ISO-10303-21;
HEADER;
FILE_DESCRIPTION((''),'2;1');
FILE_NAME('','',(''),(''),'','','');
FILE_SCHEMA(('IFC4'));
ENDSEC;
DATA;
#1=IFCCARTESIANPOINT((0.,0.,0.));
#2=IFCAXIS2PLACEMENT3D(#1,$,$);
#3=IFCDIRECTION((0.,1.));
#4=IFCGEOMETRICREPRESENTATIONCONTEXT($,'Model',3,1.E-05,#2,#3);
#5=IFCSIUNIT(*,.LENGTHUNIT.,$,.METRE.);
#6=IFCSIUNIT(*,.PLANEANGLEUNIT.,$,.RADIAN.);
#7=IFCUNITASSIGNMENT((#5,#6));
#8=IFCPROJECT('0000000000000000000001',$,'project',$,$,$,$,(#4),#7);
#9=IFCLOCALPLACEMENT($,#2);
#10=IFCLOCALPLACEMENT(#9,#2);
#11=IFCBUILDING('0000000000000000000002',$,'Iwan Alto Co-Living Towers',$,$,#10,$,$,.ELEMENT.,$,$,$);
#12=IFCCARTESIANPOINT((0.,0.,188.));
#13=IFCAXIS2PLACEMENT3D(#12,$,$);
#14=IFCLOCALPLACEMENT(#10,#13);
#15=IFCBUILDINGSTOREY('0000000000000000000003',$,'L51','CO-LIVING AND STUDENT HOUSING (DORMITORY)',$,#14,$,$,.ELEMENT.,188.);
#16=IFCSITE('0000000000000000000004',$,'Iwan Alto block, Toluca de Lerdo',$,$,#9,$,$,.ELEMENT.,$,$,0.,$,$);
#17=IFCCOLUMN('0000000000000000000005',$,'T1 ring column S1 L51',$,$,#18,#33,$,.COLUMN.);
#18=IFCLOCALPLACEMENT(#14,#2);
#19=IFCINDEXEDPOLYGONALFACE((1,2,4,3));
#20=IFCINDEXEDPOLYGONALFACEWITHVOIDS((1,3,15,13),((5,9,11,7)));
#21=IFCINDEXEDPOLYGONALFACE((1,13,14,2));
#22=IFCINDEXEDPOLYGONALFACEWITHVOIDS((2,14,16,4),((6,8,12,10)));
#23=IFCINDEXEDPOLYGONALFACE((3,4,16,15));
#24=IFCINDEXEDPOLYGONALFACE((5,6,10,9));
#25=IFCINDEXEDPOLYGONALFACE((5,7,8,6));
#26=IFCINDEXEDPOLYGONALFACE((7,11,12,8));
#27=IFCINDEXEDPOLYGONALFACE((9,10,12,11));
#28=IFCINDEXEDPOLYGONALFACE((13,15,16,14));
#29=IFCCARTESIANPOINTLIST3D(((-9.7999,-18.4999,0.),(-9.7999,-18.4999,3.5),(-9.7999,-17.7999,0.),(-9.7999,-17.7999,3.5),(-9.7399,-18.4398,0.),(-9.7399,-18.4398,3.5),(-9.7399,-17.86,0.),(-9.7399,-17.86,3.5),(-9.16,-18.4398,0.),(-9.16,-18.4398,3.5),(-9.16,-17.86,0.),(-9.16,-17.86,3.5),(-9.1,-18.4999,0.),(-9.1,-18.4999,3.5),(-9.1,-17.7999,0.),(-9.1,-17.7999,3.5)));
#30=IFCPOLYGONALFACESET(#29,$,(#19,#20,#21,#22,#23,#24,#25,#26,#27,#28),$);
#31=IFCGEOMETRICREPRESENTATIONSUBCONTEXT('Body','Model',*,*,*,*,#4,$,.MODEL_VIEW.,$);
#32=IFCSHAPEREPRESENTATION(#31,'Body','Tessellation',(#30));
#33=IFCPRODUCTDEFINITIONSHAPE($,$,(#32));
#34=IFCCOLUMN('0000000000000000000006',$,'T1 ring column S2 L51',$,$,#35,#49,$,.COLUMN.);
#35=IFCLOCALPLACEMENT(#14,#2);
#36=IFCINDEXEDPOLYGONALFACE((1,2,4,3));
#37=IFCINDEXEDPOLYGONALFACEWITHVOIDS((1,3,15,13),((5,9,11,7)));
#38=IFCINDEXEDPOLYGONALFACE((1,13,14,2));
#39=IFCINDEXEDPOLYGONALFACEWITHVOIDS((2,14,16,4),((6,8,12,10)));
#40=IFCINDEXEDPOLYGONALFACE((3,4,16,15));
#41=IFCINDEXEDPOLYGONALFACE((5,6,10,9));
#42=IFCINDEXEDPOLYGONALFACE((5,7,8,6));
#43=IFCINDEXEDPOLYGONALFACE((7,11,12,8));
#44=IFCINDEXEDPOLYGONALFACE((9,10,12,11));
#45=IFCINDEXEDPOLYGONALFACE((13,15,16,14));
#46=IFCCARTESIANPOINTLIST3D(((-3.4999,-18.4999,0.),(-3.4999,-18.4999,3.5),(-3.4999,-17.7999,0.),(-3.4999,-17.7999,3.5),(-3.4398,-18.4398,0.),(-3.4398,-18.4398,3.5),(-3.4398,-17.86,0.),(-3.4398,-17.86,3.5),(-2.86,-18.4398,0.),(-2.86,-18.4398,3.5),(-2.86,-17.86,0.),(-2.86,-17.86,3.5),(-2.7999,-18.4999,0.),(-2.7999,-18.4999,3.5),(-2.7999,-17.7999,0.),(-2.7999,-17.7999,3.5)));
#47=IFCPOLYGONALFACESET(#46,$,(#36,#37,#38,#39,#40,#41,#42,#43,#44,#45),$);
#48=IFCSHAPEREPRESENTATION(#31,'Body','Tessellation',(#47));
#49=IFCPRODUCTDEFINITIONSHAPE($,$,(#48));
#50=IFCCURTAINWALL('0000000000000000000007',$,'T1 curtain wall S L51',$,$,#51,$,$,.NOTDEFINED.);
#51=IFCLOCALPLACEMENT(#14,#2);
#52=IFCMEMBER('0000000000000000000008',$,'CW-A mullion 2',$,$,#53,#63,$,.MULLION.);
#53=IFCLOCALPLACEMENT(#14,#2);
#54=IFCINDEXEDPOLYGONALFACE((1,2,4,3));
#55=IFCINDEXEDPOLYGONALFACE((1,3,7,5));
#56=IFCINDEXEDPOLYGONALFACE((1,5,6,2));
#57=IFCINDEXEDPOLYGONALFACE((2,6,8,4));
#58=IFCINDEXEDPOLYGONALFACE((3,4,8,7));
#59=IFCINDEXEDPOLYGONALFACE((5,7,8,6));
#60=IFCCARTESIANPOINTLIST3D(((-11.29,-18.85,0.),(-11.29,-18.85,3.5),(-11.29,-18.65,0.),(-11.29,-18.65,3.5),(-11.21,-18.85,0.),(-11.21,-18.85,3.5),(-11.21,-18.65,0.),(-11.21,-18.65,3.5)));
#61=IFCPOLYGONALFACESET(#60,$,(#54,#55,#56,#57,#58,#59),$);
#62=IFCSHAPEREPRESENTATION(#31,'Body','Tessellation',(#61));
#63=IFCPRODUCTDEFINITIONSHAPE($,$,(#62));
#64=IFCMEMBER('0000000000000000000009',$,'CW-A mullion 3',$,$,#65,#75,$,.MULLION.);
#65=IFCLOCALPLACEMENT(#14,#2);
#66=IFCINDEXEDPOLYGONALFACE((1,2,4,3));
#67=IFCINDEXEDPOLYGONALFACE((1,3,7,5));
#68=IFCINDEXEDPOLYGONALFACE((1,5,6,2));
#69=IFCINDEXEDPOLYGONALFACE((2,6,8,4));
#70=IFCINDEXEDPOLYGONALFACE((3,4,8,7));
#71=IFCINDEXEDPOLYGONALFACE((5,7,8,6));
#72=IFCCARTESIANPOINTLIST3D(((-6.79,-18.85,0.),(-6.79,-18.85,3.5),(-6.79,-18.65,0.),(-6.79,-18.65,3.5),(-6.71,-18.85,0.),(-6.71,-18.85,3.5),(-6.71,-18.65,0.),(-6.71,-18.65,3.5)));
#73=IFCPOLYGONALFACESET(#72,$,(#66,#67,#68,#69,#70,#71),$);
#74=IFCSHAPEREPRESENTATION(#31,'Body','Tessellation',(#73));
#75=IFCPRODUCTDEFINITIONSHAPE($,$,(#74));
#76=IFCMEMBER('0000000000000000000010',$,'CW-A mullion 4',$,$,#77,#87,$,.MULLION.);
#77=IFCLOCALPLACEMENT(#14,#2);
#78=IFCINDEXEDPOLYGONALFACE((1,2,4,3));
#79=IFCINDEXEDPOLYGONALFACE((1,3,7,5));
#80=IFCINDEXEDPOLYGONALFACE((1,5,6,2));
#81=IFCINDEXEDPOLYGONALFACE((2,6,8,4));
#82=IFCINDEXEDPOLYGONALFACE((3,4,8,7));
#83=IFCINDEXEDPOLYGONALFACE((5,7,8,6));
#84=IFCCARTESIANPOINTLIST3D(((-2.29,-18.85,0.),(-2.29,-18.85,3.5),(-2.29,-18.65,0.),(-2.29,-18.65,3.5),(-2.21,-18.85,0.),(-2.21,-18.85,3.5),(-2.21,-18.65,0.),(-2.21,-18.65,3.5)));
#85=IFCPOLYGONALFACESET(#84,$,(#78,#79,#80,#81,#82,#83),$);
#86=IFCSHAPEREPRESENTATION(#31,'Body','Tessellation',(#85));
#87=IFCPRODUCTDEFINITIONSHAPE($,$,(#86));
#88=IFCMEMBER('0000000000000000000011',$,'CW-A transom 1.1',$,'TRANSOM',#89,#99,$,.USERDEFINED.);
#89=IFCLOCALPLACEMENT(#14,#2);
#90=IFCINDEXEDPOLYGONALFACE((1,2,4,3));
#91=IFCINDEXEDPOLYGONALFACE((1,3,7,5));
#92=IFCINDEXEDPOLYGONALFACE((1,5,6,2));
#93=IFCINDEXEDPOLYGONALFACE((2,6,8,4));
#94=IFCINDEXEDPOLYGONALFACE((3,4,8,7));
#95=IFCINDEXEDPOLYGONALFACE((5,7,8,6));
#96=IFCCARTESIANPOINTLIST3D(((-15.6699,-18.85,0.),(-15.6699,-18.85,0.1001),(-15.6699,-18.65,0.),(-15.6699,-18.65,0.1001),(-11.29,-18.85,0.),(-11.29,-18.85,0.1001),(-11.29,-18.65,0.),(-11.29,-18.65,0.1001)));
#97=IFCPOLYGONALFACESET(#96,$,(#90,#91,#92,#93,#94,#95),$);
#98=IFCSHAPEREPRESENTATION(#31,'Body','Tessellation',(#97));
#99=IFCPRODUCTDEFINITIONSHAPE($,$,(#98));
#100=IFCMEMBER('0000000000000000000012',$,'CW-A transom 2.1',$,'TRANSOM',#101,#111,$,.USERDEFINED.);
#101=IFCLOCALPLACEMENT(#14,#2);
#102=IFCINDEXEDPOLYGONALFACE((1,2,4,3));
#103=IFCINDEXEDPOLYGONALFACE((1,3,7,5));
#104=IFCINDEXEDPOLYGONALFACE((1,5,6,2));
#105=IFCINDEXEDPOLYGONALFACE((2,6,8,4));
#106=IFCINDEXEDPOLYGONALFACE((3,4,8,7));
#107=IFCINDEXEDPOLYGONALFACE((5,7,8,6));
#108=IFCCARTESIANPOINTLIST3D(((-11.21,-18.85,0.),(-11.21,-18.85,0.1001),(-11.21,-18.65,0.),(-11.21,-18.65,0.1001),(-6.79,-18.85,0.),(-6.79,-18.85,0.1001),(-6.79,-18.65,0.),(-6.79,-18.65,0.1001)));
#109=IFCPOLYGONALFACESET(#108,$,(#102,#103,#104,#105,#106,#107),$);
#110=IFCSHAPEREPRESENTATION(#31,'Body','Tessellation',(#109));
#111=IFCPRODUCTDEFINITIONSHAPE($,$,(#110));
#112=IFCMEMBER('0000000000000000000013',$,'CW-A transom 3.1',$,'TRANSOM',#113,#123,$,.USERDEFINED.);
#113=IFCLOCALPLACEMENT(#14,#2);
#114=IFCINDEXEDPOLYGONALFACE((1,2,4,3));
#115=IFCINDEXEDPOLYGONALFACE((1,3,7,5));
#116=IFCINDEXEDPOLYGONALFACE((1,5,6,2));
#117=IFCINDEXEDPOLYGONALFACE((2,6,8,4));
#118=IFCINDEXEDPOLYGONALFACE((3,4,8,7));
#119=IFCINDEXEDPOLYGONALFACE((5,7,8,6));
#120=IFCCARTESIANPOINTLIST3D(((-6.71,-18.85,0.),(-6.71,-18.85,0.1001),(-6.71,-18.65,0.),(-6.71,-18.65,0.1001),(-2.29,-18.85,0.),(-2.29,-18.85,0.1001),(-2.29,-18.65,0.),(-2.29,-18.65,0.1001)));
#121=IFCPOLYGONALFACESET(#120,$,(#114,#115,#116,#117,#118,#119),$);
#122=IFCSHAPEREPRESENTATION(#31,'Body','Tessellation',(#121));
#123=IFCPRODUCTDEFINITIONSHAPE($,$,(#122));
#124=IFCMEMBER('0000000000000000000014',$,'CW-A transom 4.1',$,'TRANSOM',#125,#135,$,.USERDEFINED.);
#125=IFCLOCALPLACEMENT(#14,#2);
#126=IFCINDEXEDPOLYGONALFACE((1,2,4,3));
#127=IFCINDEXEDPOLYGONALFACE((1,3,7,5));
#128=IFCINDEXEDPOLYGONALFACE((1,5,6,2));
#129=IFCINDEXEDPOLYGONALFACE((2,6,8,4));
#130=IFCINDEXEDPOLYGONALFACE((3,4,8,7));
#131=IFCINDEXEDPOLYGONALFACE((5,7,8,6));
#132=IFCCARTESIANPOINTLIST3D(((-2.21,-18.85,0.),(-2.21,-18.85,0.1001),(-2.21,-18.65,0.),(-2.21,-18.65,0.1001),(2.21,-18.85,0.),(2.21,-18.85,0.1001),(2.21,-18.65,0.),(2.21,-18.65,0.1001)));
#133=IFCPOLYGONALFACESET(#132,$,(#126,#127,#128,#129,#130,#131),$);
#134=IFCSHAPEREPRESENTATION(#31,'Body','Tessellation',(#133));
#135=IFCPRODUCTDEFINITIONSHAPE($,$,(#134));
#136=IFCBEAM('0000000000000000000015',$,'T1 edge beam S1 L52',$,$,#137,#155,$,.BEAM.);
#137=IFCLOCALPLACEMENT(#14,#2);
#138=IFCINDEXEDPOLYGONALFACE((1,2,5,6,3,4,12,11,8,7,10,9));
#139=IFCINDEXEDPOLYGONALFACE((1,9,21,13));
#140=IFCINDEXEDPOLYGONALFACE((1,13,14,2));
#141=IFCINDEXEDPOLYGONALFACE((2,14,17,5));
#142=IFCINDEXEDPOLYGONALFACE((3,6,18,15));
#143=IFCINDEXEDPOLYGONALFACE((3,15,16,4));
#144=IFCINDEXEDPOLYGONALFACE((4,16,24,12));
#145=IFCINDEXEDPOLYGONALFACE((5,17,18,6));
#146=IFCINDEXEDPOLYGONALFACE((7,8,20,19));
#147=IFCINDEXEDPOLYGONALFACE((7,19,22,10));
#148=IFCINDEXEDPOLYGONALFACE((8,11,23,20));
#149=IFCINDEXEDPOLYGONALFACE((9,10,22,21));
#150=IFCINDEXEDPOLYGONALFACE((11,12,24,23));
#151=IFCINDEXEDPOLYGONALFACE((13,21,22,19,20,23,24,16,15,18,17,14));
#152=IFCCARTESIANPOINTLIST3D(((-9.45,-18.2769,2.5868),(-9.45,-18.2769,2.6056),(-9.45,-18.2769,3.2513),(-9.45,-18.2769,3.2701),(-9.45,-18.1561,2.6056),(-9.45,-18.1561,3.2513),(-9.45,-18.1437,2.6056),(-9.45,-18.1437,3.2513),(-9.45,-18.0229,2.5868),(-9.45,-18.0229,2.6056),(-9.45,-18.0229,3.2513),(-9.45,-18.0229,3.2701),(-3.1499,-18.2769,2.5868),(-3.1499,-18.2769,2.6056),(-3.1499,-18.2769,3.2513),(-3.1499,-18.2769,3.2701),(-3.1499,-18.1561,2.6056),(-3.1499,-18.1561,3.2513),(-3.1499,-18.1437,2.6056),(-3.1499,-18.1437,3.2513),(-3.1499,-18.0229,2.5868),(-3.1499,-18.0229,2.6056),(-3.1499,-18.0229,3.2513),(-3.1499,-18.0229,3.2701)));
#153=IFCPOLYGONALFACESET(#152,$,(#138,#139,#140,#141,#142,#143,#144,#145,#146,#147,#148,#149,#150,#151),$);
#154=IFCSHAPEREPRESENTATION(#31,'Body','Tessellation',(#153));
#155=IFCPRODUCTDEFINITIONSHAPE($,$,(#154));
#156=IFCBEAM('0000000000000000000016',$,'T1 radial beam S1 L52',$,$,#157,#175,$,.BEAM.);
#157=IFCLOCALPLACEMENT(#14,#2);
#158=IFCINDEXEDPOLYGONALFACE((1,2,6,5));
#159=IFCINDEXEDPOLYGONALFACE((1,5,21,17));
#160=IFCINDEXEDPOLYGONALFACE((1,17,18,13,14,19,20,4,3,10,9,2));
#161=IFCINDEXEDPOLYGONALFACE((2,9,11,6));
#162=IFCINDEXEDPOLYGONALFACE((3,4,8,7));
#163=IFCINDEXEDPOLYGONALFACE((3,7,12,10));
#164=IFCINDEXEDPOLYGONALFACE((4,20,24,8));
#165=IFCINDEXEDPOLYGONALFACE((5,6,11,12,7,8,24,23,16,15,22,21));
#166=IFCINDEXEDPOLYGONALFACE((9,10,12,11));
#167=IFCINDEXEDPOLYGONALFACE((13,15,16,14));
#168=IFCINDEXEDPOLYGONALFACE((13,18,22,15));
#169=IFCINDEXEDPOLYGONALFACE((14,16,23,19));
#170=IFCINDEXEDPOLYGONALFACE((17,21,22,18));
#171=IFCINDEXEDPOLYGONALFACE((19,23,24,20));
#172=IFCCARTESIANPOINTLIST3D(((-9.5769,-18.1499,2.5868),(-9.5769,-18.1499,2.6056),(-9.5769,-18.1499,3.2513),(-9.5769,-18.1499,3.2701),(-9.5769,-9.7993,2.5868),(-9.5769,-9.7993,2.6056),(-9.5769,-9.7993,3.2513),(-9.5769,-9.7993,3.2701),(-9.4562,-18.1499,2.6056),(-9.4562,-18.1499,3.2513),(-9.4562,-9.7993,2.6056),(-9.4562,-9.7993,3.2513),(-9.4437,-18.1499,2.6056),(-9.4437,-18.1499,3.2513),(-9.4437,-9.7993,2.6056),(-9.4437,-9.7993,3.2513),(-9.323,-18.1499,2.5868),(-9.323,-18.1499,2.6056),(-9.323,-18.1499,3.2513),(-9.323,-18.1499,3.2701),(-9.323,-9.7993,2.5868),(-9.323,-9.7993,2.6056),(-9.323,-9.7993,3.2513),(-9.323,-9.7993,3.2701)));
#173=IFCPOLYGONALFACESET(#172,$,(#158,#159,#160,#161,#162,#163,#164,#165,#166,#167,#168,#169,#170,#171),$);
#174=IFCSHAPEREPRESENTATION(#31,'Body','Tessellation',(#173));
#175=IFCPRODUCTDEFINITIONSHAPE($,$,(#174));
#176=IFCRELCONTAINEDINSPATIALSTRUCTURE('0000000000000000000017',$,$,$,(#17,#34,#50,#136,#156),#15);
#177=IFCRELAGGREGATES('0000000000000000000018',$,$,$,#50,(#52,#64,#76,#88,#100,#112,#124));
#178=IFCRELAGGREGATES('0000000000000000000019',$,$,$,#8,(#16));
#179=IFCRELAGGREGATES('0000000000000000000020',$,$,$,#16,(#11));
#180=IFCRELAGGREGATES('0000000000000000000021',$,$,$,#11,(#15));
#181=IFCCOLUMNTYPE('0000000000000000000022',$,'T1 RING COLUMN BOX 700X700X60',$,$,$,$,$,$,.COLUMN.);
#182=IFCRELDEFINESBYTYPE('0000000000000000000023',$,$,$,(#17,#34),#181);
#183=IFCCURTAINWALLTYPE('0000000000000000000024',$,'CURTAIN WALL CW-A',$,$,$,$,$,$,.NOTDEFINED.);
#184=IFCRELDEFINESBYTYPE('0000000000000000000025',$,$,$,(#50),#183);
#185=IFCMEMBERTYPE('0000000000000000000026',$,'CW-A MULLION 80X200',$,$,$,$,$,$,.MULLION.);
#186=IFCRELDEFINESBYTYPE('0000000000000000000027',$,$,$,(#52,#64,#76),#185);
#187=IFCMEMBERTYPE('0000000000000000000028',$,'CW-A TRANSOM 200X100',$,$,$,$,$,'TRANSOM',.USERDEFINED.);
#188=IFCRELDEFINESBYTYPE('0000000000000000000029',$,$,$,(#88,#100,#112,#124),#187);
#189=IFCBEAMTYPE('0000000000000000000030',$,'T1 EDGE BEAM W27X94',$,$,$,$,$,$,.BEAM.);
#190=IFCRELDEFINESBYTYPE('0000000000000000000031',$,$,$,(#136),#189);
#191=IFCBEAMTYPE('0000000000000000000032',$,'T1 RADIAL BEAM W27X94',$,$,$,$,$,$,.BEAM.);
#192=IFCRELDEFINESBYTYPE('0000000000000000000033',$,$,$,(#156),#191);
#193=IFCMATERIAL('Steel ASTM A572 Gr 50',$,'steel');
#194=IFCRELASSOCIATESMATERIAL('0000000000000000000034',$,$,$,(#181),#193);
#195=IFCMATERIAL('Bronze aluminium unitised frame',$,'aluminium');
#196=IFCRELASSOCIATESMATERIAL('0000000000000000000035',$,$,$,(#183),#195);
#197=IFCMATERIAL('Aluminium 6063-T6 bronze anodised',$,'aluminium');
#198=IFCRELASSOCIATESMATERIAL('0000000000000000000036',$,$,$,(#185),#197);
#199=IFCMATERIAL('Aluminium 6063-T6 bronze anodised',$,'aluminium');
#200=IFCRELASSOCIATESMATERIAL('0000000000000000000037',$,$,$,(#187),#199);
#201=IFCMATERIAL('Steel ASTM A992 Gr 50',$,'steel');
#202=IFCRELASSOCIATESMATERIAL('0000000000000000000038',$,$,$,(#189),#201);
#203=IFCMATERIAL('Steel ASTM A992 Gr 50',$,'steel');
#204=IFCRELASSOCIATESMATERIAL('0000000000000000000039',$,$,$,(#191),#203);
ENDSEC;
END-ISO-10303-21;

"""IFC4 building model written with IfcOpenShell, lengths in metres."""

from ifc_helpers import new_model, si_unit, direction, frame, origin, origin_2d, place, context, subcontext, project, spatial, rectangle, hollow_rectangle, i_section, extrude, material, material_profile, profile_set, type_object, element, aggregate, save


model = new_model("IFC4")

# Units and contexts
model_context = context("Model", 3, precision=1e-05, world=origin(), true_north=direction((0.0, 1.0)))
body_context = subcontext(model_context, "Body", "Model", "MODEL_VIEW")
ifc_project = project(units=[si_unit("LENGTHUNIT", "METRE"), si_unit("PLANEANGLEUNIT", "RADIAN")], contexts=[model_context])

# Site, building, storey
site_placement = place(None, origin())
site = spatial("IfcSite", under=ifc_project, at=site_placement, Name="Iwan Alto block, Toluca de Lerdo", CompositionType="ELEMENT", RefElevation=0.0)
building_placement = place(site_placement, origin())
building = spatial("IfcBuilding", under=site, at=building_placement, Name="Iwan Alto Co-Living Towers", CompositionType="ELEMENT")
storey_placement = place(building_placement, frame((0.0, 0.0, 188.0)))
storey = spatial("IfcBuildingStorey", under=building, at=storey_placement, Name="L51", Description="CO-LIVING AND STUDENT HOUSING (DORMITORY)", CompositionType="ELEMENT", Elevation=188.0)

# Columns
ifc_material_1 = material(Name="Steel ASTM A572 Gr 50", Category="steel")
ifc_material_profile_1 = material_profile(ifc_material_1, hollow_rectangle(XDim=0.7, YDim=0.7, WallThickness=0.0601, at=origin_2d()), Name="BOX 700X700X60")
ifc_profile_set_1 = profile_set([ifc_material_profile_1], Name="Steel ASTM A572 Gr 50")
column_type = type_object("IfcColumnType", Name="T1 RING COLUMN BOX 700X700X60", PredefinedType="COLUMN", material=ifc_profile_set_1)
for number, where, z_axis, x_axis, name in (
    (1, (-9.45, -18.1499, 0.0), (0.0, 0.0, 1.0), (1.0, 0.0, 0.0), "T1 ring column S1 L51"),
    (2, (-3.1499, -18.1499, 0.0), (0.0, 0.0, 1.0), (1.0, 0.0, 0.0), "T1 ring column S2 L51"),
):
    element("IfcColumn", number, at=place(storey_placement, frame(where, z_axis=z_axis, x_axis=x_axis)), inside=storey, type_object=column_type, Name=name, PredefinedType="COLUMN", context=body_context, shape_type="SweptSolid", body=[
        extrude(hollow_rectangle(XDim=0.7, YDim=0.7, WallThickness=0.0601, at=origin_2d()), origin(), (0.0, 0.0, 1.0), 3.5),
    ])

# Curtain wall, members
ifc_material_2 = material(Name="Bronze aluminium unitised frame", Category="aluminium")
curtain_wall_type = type_object("IfcCurtainWallType", Name="CURTAIN WALL CW-A", PredefinedType="NOTDEFINED", material=ifc_material_2)
curtain_wall_placement = place(storey_placement, origin())
curtain_wall = element("IfcCurtainWall", 3, at=curtain_wall_placement, inside=storey, type_object=curtain_wall_type, Name="T1 curtain wall S L51", PredefinedType="NOTDEFINED")
ifc_material_3 = material(Name="Aluminium 6063-T6 bronze anodised", Category="aluminium")
ifc_material_profile_2 = material_profile(ifc_material_3, rectangle(XDim=0.2, YDim=0.0801, at=origin_2d()), Name="AL 80X200")
ifc_profile_set_2 = profile_set([ifc_material_profile_2], Name="Aluminium 6063-T6 bronze anodised")
member_type_1 = type_object("IfcMemberType", Name="CW-A MULLION 80X200", PredefinedType="MULLION", material=ifc_profile_set_2)
member_1_placement = place(storey_placement, frame((-11.25, -18.75, 0.0), z_axis=(0.0, 0.0, 1.0), x_axis=(0.0, 1.0, 0.0)))
member_1 = element("IfcMember", 4, at=member_1_placement, type_object=member_type_1, Name="CW-A mullion 2", PredefinedType="MULLION", context=body_context, shape_type="SweptSolid", body=[
    extrude(rectangle(XDim=0.2, YDim=0.0801, at=origin_2d()), origin(), (0.0, 0.0, 1.0), 3.5),
])
member_2_placement = place(storey_placement, frame((-6.75, -18.75, 0.0), z_axis=(0.0, 0.0, 1.0), x_axis=(0.0, 1.0, 0.0)))
member_2 = element("IfcMember", 5, at=member_2_placement, type_object=member_type_1, Name="CW-A mullion 3", PredefinedType="MULLION", context=body_context, shape_type="SweptSolid", body=[
    extrude(rectangle(XDim=0.2, YDim=0.0801, at=origin_2d()), origin(), (0.0, 0.0, 1.0), 3.5),
])
member_3_placement = place(storey_placement, frame((-2.25, -18.75, 0.0), z_axis=(0.0, 0.0, 1.0), x_axis=(0.0, 1.0, 0.0)))
member_3 = element("IfcMember", 6, at=member_3_placement, type_object=member_type_1, Name="CW-A mullion 4", PredefinedType="MULLION", context=body_context, shape_type="SweptSolid", body=[
    extrude(rectangle(XDim=0.2, YDim=0.0801, at=origin_2d()), origin(), (0.0, 0.0, 1.0), 3.5),
])
ifc_material_4 = material(Name="Aluminium 6063-T6 bronze anodised", Category="aluminium")
ifc_material_profile_3 = material_profile(ifc_material_4, rectangle(XDim=0.2, YDim=0.1001, at=origin_2d()), Name="AL 200X100")
ifc_profile_set_3 = profile_set([ifc_material_profile_3], Name="Aluminium 6063-T6 bronze anodised")
member_type_2 = type_object("IfcMemberType", Name="CW-A TRANSOM 200X100", ElementType="TRANSOM", PredefinedType="USERDEFINED", material=ifc_profile_set_3)
member_4_placement = place(storey_placement, frame((-15.6699, -18.75, 0.05), z_axis=(1.0, 0.0, 0.0), x_axis=(0.0, 1.0, 0.0)))
member_4 = element("IfcMember", 7, at=member_4_placement, type_object=member_type_2, Name="CW-A transom 1.1", ObjectType="TRANSOM", PredefinedType="USERDEFINED", context=body_context, shape_type="SweptSolid", body=[
    extrude(rectangle(XDim=0.2, YDim=0.1001, at=origin_2d()), origin(), (0.0, 0.0, 1.0), 4.3799),
])
member_5_placement = place(storey_placement, frame((-11.21, -18.75, 0.05), z_axis=(1.0, 0.0, 0.0), x_axis=(0.0, 1.0, 0.0)))
member_5 = element("IfcMember", 8, at=member_5_placement, type_object=member_type_2, Name="CW-A transom 2.1", ObjectType="TRANSOM", PredefinedType="USERDEFINED", context=body_context, shape_type="SweptSolid", body=[
    extrude(rectangle(XDim=0.2, YDim=0.1001, at=origin_2d()), origin(), (0.0, 0.0, 1.0), 4.4199),
])
member_6_placement = place(storey_placement, frame((-6.71, -18.75, 0.05), z_axis=(1.0, 0.0, 0.0), x_axis=(0.0, 1.0, 0.0)))
member_6 = element("IfcMember", 9, at=member_6_placement, type_object=member_type_2, Name="CW-A transom 3.1", ObjectType="TRANSOM", PredefinedType="USERDEFINED", context=body_context, shape_type="SweptSolid", body=[
    extrude(rectangle(XDim=0.2, YDim=0.1001, at=origin_2d()), origin(), (0.0, 0.0, 1.0), 4.4199),
])
member_7_placement = place(storey_placement, frame((-2.21, -18.75, 0.05), z_axis=(1.0, 0.0, 0.0), x_axis=(0.0, 1.0, 0.0)))
member_7 = element("IfcMember", 10, at=member_7_placement, type_object=member_type_2, Name="CW-A transom 4.1", ObjectType="TRANSOM", PredefinedType="USERDEFINED", context=body_context, shape_type="SweptSolid", body=[
    extrude(rectangle(XDim=0.2, YDim=0.1001, at=origin_2d()), origin(), (0.0, 0.0, 1.0), 4.4199),
])

# Beams
ifc_material_5 = material(Name="Steel ASTM A992 Gr 50", Category="steel")
ifc_material_profile_4 = material_profile(ifc_material_5, i_section(OverallWidth=0.2539, OverallDepth=0.6833, WebThickness=0.0125, FlangeThickness=0.0188, at=origin_2d()), Name="W27X94")
ifc_profile_set_4 = profile_set([ifc_material_profile_4], Name="Steel ASTM A992 Gr 50")
beam_type_1 = type_object("IfcBeamType", Name="T1 EDGE BEAM W27X94", PredefinedType="BEAM", material=ifc_profile_set_4)
beam_1_placement = place(storey_placement, frame((-9.45, -18.1499, 2.9285), z_axis=(1.0, 0.0, 0.0), x_axis=(0.0, 1.0, 0.0)))
element("IfcBeam", 11, at=beam_1_placement, inside=storey, type_object=beam_type_1, Name="T1 edge beam S1 L52", PredefinedType="BEAM", context=body_context, shape_type="SweptSolid", body=[
    extrude(i_section(OverallWidth=0.2539, OverallDepth=0.6833, WebThickness=0.0125, FlangeThickness=0.0188, at=origin_2d()), origin(), (0.0, 0.0, 1.0), 6.3),
])
ifc_material_6 = material(Name="Steel ASTM A992 Gr 50", Category="steel")
ifc_material_profile_5 = material_profile(ifc_material_6, i_section(OverallWidth=0.2539, OverallDepth=0.6833, WebThickness=0.0125, FlangeThickness=0.0188, at=origin_2d()), Name="W27X94")
ifc_profile_set_5 = profile_set([ifc_material_profile_5], Name="Steel ASTM A992 Gr 50")
beam_type_2 = type_object("IfcBeamType", Name="T1 RADIAL BEAM W27X94", PredefinedType="BEAM", material=ifc_profile_set_5)
beam_2_placement = place(storey_placement, frame((-9.45, -18.1499, 2.9285), z_axis=(0.0, 1.0, 0.0), x_axis=(-1.0, 0.0, 0.0)))
element("IfcBeam", 12, at=beam_2_placement, inside=storey, type_object=beam_type_2, Name="T1 radial beam S1 L52", PredefinedType="BEAM", context=body_context, shape_type="SweptSolid", body=[
    extrude(i_section(OverallWidth=0.2539, OverallDepth=0.6833, WebThickness=0.0125, FlangeThickness=0.0188, at=origin_2d()), origin(), (0.0, 0.0, 1.0), 8.3506),
])

aggregate(curtain_wall, [member_1, member_2, member_3, member_4, member_5, member_6, member_7])

save(model, "model.ifc")
